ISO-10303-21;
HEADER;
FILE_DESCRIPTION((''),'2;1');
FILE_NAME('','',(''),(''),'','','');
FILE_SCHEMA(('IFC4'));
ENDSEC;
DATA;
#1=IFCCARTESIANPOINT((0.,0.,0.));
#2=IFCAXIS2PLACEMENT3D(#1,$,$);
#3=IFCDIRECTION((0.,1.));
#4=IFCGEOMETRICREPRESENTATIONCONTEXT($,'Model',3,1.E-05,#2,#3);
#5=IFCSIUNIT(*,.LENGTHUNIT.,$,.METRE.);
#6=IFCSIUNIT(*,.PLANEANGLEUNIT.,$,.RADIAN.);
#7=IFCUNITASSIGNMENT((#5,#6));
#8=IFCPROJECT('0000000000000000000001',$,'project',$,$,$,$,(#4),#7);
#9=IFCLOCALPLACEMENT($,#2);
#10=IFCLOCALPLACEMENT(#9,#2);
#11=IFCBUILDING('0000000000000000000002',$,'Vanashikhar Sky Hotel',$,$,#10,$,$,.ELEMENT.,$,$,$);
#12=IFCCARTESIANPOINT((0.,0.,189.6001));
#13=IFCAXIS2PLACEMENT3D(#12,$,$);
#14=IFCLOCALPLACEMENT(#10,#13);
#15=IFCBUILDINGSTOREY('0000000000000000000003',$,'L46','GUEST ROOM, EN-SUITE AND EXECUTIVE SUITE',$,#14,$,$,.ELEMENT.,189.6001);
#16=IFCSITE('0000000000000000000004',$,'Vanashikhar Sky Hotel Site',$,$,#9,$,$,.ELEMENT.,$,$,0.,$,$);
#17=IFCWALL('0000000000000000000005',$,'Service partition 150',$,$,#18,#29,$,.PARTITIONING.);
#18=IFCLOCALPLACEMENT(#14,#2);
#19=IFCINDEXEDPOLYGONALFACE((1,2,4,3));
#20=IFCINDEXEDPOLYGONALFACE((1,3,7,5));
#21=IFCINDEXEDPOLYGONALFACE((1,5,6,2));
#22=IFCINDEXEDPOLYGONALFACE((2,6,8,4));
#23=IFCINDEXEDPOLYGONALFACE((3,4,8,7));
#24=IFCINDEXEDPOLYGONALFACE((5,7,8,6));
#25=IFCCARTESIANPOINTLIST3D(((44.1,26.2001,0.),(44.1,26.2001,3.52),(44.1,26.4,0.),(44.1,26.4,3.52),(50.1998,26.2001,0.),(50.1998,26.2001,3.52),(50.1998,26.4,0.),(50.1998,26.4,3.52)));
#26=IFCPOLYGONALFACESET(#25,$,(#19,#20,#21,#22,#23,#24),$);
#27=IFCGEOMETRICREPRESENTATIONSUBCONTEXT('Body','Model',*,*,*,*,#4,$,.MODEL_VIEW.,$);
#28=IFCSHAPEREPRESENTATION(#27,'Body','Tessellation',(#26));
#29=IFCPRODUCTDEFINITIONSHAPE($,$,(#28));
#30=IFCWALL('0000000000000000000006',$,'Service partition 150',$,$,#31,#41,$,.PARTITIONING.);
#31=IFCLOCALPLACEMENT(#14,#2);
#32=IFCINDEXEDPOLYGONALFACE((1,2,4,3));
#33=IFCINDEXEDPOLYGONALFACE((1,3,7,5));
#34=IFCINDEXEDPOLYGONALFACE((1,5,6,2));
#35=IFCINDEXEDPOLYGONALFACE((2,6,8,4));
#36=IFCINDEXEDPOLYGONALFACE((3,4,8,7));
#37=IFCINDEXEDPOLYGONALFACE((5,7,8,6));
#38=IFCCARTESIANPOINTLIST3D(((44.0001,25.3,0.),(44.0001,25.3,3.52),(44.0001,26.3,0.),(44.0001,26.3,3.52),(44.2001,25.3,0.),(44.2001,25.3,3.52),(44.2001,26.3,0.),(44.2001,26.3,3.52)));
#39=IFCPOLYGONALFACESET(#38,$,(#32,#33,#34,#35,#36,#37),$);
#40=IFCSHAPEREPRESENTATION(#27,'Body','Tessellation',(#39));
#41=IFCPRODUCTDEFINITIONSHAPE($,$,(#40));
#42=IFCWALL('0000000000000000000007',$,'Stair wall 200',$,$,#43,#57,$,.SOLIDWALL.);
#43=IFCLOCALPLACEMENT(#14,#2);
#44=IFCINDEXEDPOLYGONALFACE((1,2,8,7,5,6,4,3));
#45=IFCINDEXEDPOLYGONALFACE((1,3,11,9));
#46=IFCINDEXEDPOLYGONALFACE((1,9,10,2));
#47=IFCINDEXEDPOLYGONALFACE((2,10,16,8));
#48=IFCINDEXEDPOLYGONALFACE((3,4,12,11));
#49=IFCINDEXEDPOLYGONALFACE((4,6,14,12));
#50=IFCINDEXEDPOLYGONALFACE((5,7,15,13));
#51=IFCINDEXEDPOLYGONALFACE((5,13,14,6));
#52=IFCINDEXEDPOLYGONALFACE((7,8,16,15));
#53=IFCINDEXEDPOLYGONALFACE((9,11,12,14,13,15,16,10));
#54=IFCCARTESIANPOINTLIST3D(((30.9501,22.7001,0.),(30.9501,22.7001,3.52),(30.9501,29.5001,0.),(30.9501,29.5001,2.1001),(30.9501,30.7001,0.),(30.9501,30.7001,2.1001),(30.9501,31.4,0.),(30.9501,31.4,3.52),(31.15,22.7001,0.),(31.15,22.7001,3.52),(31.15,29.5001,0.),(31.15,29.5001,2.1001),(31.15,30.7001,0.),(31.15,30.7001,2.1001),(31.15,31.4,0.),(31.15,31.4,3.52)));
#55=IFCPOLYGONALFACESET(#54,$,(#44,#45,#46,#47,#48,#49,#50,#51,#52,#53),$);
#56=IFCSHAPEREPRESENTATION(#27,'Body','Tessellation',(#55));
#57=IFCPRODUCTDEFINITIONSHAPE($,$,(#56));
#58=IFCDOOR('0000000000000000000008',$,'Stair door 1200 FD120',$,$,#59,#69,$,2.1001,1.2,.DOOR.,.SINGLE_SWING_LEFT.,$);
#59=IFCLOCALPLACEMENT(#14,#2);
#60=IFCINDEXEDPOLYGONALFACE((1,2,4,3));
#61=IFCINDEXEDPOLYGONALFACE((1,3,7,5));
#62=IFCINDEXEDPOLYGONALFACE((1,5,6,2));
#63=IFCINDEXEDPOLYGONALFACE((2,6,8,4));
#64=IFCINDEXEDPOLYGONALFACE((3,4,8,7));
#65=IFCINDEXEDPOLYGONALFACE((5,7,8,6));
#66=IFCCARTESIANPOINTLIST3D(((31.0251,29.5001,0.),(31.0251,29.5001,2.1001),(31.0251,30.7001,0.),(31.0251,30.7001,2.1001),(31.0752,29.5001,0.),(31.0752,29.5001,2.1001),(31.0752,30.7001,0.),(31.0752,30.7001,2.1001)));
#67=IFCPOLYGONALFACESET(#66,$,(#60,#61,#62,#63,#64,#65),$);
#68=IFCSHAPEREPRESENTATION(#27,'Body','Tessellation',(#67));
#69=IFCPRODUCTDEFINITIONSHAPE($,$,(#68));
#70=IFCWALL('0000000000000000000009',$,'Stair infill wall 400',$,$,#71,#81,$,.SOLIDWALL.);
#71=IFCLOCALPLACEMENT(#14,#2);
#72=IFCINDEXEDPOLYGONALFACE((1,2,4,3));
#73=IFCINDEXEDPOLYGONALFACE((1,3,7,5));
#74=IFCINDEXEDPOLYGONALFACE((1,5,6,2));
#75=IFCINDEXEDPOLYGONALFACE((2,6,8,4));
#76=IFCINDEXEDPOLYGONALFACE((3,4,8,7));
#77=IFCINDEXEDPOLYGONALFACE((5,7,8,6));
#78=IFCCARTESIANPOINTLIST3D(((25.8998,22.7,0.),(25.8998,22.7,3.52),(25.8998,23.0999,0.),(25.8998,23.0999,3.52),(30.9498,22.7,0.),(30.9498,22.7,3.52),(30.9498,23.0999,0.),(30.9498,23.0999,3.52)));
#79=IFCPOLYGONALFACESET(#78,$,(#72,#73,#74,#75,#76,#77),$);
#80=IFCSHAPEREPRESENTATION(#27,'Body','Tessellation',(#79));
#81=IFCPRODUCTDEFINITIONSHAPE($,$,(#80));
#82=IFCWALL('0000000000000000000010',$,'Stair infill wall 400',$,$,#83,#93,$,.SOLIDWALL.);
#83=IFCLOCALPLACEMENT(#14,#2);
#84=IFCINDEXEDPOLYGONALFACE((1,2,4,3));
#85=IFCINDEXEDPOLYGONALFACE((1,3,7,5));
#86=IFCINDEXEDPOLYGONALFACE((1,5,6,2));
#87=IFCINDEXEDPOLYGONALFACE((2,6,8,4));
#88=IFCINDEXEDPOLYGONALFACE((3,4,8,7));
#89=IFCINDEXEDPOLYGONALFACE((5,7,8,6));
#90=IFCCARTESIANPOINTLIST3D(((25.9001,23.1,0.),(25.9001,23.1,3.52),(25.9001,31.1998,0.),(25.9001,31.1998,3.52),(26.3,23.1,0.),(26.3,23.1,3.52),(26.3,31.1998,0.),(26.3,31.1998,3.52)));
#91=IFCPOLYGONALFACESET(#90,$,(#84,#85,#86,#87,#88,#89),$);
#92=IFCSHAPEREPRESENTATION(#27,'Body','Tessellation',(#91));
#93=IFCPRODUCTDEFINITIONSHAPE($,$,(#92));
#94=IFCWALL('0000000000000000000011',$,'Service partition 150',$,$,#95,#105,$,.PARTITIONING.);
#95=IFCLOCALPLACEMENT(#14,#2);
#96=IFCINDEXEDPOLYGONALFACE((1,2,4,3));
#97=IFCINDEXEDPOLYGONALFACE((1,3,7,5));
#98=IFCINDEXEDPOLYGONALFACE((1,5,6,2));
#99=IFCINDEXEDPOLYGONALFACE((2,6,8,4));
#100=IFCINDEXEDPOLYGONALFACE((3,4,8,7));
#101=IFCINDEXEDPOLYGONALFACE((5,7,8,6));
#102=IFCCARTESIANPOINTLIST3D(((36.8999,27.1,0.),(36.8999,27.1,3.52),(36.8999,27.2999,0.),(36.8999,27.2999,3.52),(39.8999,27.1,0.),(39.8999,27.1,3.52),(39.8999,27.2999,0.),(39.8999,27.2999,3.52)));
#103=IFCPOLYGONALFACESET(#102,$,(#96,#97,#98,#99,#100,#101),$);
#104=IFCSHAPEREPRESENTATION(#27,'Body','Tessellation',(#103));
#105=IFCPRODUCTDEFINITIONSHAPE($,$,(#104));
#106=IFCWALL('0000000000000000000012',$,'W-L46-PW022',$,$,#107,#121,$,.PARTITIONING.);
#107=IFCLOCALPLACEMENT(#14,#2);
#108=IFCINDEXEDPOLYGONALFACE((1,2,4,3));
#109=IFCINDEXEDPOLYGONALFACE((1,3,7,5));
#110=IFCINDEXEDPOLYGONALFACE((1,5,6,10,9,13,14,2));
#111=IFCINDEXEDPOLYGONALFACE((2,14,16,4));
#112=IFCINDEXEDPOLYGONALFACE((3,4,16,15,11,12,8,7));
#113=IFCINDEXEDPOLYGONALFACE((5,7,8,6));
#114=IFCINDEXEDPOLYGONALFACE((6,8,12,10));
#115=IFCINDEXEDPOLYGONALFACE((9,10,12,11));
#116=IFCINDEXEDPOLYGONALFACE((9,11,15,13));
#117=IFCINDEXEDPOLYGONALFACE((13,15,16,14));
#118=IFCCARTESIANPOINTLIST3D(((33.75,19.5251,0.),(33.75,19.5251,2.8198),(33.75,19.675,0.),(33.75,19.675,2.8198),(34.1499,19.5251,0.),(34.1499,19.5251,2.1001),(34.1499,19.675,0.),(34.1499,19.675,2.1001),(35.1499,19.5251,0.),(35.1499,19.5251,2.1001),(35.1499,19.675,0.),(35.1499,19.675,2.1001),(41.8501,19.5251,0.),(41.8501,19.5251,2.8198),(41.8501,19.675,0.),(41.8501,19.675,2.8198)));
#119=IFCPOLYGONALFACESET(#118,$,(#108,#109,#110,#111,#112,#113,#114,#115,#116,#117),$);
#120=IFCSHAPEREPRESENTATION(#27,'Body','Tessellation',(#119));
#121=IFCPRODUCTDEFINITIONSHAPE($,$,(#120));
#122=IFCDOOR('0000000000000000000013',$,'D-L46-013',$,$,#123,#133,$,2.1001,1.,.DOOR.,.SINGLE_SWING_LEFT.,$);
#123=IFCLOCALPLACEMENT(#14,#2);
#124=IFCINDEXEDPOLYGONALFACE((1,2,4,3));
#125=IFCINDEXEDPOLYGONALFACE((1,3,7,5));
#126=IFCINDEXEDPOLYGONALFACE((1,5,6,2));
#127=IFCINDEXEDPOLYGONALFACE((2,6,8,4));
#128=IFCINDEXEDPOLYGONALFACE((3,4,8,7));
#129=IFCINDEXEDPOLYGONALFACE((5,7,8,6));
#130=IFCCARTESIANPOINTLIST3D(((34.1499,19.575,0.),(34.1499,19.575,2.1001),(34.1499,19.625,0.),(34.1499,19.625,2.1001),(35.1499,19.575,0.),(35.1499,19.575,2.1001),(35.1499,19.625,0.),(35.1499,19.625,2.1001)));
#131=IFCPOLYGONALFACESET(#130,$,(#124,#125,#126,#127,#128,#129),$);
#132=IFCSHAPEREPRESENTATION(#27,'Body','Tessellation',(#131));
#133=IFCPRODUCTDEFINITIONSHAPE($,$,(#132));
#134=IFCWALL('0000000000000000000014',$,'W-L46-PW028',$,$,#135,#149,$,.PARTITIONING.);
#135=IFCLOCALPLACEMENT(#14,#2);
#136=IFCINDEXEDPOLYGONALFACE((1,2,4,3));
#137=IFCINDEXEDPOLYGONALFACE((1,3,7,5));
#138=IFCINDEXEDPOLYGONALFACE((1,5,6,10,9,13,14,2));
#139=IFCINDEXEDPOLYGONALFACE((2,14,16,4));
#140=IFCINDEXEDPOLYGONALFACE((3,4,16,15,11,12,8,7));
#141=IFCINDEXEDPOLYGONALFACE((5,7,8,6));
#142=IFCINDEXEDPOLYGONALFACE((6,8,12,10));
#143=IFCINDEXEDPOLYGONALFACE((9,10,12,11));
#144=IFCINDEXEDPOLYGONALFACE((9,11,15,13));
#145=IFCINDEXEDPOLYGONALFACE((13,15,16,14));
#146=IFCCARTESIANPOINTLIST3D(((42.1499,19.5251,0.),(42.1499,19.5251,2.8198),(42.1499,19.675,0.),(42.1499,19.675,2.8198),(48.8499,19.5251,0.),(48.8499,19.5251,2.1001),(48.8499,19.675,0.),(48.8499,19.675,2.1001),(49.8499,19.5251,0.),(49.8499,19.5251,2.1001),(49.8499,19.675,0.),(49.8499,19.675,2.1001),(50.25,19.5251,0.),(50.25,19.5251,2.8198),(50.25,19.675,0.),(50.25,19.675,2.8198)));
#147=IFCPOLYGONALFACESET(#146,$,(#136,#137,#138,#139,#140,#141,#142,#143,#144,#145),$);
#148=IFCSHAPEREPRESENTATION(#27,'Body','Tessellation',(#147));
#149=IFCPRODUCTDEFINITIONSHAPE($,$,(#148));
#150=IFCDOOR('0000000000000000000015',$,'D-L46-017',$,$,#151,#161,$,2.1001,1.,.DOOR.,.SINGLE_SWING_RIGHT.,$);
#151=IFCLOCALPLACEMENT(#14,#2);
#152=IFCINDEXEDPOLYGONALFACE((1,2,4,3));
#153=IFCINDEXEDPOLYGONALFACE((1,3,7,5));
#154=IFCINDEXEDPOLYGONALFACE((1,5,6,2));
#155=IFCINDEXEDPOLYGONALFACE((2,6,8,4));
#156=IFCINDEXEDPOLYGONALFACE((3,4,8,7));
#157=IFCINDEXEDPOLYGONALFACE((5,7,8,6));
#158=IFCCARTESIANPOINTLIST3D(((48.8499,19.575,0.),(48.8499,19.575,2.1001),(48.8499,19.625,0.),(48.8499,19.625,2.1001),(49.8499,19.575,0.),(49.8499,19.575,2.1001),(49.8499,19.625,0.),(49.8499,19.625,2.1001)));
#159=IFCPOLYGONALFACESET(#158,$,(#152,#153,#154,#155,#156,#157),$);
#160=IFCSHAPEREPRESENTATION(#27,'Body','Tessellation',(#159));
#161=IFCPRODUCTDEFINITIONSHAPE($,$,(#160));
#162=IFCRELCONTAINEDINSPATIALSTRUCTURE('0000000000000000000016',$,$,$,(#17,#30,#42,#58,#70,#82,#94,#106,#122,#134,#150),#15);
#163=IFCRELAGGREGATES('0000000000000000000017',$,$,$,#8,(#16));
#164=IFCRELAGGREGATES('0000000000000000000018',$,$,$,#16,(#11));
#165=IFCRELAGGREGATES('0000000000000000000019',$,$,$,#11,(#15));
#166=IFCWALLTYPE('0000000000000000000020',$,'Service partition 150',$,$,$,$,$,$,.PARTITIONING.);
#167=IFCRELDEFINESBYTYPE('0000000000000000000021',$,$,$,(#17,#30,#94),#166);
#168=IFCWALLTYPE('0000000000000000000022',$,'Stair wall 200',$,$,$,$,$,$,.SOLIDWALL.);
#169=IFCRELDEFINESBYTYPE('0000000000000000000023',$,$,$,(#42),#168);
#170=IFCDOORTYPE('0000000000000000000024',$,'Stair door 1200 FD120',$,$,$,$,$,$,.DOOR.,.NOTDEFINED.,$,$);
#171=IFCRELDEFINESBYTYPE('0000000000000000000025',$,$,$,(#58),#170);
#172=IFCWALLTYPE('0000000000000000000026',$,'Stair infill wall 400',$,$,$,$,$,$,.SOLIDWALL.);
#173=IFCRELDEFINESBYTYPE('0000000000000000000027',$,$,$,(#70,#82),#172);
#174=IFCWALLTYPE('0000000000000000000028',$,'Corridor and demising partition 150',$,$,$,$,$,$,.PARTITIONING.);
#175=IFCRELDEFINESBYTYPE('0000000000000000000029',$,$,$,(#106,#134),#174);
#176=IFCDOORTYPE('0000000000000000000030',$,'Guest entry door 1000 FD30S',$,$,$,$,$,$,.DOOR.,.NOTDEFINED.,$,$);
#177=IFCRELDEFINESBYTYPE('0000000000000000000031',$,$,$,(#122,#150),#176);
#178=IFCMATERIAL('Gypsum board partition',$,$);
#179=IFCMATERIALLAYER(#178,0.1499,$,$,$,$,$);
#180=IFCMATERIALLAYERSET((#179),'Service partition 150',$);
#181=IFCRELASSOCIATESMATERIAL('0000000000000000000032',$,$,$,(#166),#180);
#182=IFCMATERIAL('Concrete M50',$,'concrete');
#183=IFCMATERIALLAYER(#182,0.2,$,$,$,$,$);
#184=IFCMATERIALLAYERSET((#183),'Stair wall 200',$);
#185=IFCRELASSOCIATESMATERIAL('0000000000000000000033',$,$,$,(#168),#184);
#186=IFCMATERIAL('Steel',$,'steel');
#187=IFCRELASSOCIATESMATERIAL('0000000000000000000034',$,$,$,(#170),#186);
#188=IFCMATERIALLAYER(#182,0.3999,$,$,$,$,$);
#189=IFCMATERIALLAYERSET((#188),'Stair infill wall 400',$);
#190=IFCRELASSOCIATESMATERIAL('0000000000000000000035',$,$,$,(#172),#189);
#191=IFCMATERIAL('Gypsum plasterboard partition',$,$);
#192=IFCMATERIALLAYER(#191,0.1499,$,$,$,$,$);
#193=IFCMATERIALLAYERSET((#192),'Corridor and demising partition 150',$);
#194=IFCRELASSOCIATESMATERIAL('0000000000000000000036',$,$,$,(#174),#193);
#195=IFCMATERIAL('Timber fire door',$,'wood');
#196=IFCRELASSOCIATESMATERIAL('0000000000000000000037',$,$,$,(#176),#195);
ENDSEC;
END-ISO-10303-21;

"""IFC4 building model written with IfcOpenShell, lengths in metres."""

from ifc_helpers import new_model, si_unit, direction, frame, frame_2d, origin, place, context, subcontext, project, spatial, rectangle, extrude, source, transform, mapped, material, layer, layer_set, type_object, element, fill, save


model = new_model("IFC4")

# Units and contexts
model_context = context("Model", 3, precision=1e-05, world=origin(), true_north=direction((0.0, 1.0)))
body_context = subcontext(model_context, "Body", "Model", "MODEL_VIEW")
ifc_project = project(units=[si_unit("LENGTHUNIT", "METRE"), si_unit("PLANEANGLEUNIT", "RADIAN")], contexts=[model_context])

# Site, building, storey
site_placement = place(None, origin())
site = spatial("IfcSite", under=ifc_project, at=site_placement, Name="Vanashikhar Sky Hotel Site", CompositionType="ELEMENT", RefElevation=0.0)
building_placement = place(site_placement, origin())
building = spatial("IfcBuilding", under=site, at=building_placement, Name="Vanashikhar Sky Hotel", CompositionType="ELEMENT")
storey_placement = place(building_placement, frame((0.0, 0.0, 189.6001)))
storey = spatial("IfcBuildingStorey", under=building, at=storey_placement, Name="L46", Description="GUEST ROOM, EN-SUITE AND EXECUTIVE SUITE", CompositionType="ELEMENT", Elevation=189.6001)

# Shared definitions
ifc_material_1 = material(Name="Steel", Category="steel")

# Shared definitions
ifc_material_2 = material(Name="Gypsum board partition")
ifc_layer_1 = layer(ifc_material_2, 0.1499)
ifc_layer_set_1 = layer_set([ifc_layer_1], Name="Service partition 150")
wall_type_1 = type_object("IfcWallType", Name="Service partition 150", PredefinedType="PARTITIONING", material=ifc_layer_set_1)

# Walls
shared_shape_1 = source(origin(), body_context, "Body", "SweptSolid", [
    extrude(rectangle(XDim=6.0999, YDim=0.2, at=frame_2d((3.0498, 0.0))), origin(), (0.0, 0.0, 1.0), 3.52),
])
wall_1_placement = place(storey_placement, frame((44.1001, 26.3, 0.0), z_axis=(0.0, 0.0, 1.0), x_axis=(1.0, 0.0, 0.0)))
element("IfcWall", 1, at=wall_1_placement, inside=storey, type_object=wall_type_1, Name="Service partition 150", PredefinedType="PARTITIONING", context=body_context, shape_type="MappedRepresentation", body=[
    mapped(shared_shape_1, transform((0.0, 0.0, 0.0), scale=1.0)),
])
shared_shape_2 = source(origin(), body_context, "Body", "SweptSolid", [
    extrude(rectangle(XDim=1.0, YDim=0.2, at=frame_2d((0.5, 0.0))), origin(), (0.0, 0.0, 1.0), 3.52),
])
wall_2_placement = place(storey_placement, frame((44.1001, 25.3, 0.0), z_axis=(0.0, 0.0, 1.0), x_axis=(0.0, 1.0, 0.0)))
element("IfcWall", 2, at=wall_2_placement, inside=storey, type_object=wall_type_1, Name="Service partition 150", PredefinedType="PARTITIONING", context=body_context, shape_type="MappedRepresentation", body=[
    mapped(shared_shape_2, transform((0.0, 0.0, 0.0), scale=1.0)),
])

# Wall, opening, door
ifc_material_3 = material(Name="Concrete M50", Category="concrete")
ifc_layer_2 = layer(ifc_material_3, 0.2)
ifc_layer_set_2 = layer_set([ifc_layer_2], Name="Stair wall 200")
wall_type_2 = type_object("IfcWallType", Name="Stair wall 200", PredefinedType="SOLIDWALL", material=ifc_layer_set_2)
shared_shape_3 = source(origin(), body_context, "Body", "SweptSolid", [
    extrude(rectangle(XDim=8.7, YDim=0.2, at=frame_2d((4.3501, 0.0))), origin(), (0.0, 0.0, 1.0), 3.52),
])
wall_3_placement = place(storey_placement, frame((31.05, 22.7, 0.0), z_axis=(0.0, 0.0, 1.0), x_axis=(0.0, 1.0, 0.0)))
wall_3 = element("IfcWall", 3, at=wall_3_placement, inside=storey, type_object=wall_type_2, Name="Stair wall 200", PredefinedType="SOLIDWALL", context=body_context, shape_type="MappedRepresentation", body=[
    mapped(shared_shape_3, transform((0.0, 0.0, 0.0), scale=1.0)),
])
shared_shape_4 = source(origin(), body_context, "Body", "SweptSolid", [
    extrude(rectangle(XDim=1.2, YDim=2.1001, at=frame_2d((0.6001, 1.05))), frame((0.0, 0.1099, 0.0), z_axis=(0.0, -1.0, 0.0), x_axis=(1.0, 0.0, 0.0)), (0.0, 0.0, 1.0), 0.22),
])
opening_1_placement = place(wall_3_placement, frame((6.8, 0.0, 0.0)))
opening_1 = element("IfcOpeningElement", 4, at=opening_1_placement, cuts=wall_3, PredefinedType="OPENING", context=body_context, shape_type="MappedRepresentation", body=[
    mapped(shared_shape_4, transform((0.0, 0.0, 0.0), scale=1.0)),
])
door_type_1 = type_object("IfcDoorType", Name="Stair door 1200 FD120", OperationType="NOTDEFINED", PredefinedType="DOOR", material=ifc_material_1)
shared_shape_5 = source(origin(), body_context, "Body", "SweptSolid", [
    extrude(rectangle(XDim=1.2, YDim=2.1001, at=frame_2d((0.6001, 1.05))), frame((0.0, 0.0249, 0.0), z_axis=(0.0, -1.0, 0.0), x_axis=(1.0, 0.0, 0.0)), (0.0, 0.0, 1.0), 0.05),
])
door_1_placement = place(opening_1_placement, origin())
door_1 = element("IfcDoor", 5, at=door_1_placement, inside=storey, type_object=door_type_1, Name="Stair door 1200 FD120", OperationType="SINGLE_SWING_LEFT", OverallHeight=2.1001, OverallWidth=1.2, PredefinedType="DOOR", context=body_context, shape_type="MappedRepresentation", body=[
    mapped(shared_shape_5, transform((0.0, 0.0, 0.0), scale=1.0)),
])
fill(opening_1, door_1)

# Walls
ifc_layer_3 = layer(ifc_material_3, 0.3999)
ifc_layer_set_3 = layer_set([ifc_layer_3], Name="Stair infill wall 400")
wall_type_3 = type_object("IfcWallType", Name="Stair infill wall 400", PredefinedType="SOLIDWALL", material=ifc_layer_set_3)
shared_shape_6 = source(origin(), body_context, "Body", "SweptSolid", [
    extrude(rectangle(XDim=5.05, YDim=0.3999, at=frame_2d((2.5249, 0.0))), origin(), (0.0, 0.0, 1.0), 3.52),
])
wall_4_placement = place(storey_placement, frame((25.8999, 22.8999, 0.0), z_axis=(0.0, 0.0, 1.0), x_axis=(1.0, 0.0, 0.0)))
element("IfcWall", 6, at=wall_4_placement, inside=storey, type_object=wall_type_3, Name="Stair infill wall 400", PredefinedType="SOLIDWALL", context=body_context, shape_type="MappedRepresentation", body=[
    mapped(shared_shape_6, transform((0.0, 0.0, 0.0), scale=1.0)),
])
shared_shape_7 = source(origin(), body_context, "Body", "SweptSolid", [
    extrude(rectangle(XDim=8.0999, YDim=0.3999, at=frame_2d((4.0498, 0.0))), origin(), (0.0, 0.0, 1.0), 3.52),
])
wall_5_placement = place(storey_placement, frame((26.1001, 23.1001, 0.0), z_axis=(0.0, 0.0, 1.0), x_axis=(0.0, 1.0, 0.0)))
element("IfcWall", 7, at=wall_5_placement, inside=storey, type_object=wall_type_3, Name="Stair infill wall 400", PredefinedType="SOLIDWALL", context=body_context, shape_type="MappedRepresentation", body=[
    mapped(shared_shape_7, transform((0.0, 0.0, 0.0), scale=1.0)),
])
shared_shape_8 = source(origin(), body_context, "Body", "SweptSolid", [
    extrude(rectangle(XDim=3.0, YDim=0.2, at=frame_2d((1.5, 0.0))), origin(), (0.0, 0.0, 1.0), 3.52),
])
wall_6_placement = place(storey_placement, frame((36.8999, 27.2, 0.0), z_axis=(0.0, 0.0, 1.0), x_axis=(1.0, 0.0, 0.0)))
element("IfcWall", 8, at=wall_6_placement, inside=storey, type_object=wall_type_1, Name="Service partition 150", PredefinedType="PARTITIONING", context=body_context, shape_type="MappedRepresentation", body=[
    mapped(shared_shape_8, transform((0.0, 0.0, 0.0), scale=1.0)),
])

# Walls, openings, doors
ifc_material_4 = material(Name="Gypsum plasterboard partition")
ifc_layer_4 = layer(ifc_material_4, 0.1499)
ifc_layer_set_4 = layer_set([ifc_layer_4], Name="Corridor and demising partition 150")
wall_type_4 = type_object("IfcWallType", Name="Corridor and demising partition 150", PredefinedType="PARTITIONING", material=ifc_layer_set_4)
shared_shape_9 = source(origin(), body_context, "Body", "SweptSolid", [
    extrude(rectangle(XDim=8.1001, YDim=0.1499, at=frame_2d((4.05, 0.0))), origin(), (0.0, 0.0, 1.0), 2.8198),
])
wall_7_placement = place(storey_placement, frame((33.75, 19.6001, 0.0), z_axis=(0.0, 0.0, 1.0), x_axis=(1.0, 0.0, 0.0)))
wall_7 = element("IfcWall", 9, at=wall_7_placement, inside=storey, type_object=wall_type_4, Name="W-L46-PW022", PredefinedType="PARTITIONING", context=body_context, shape_type="MappedRepresentation", body=[
    mapped(shared_shape_9, transform((0.0, 0.0, 0.0), scale=1.0)),
])
shared_shape_10 = source(origin(), body_context, "Body", "SweptSolid", [
    extrude(rectangle(XDim=1.0, YDim=2.1001, at=frame_2d((0.5, 1.05))), frame((0.0, 0.085, 0.0), z_axis=(0.0, -1.0, 0.0), x_axis=(1.0, 0.0, 0.0)), (0.0, 0.0, 1.0), 0.1699),
])
opening_2_placement = place(wall_7_placement, frame((0.3999, 0.0, 0.0)))
opening_2 = element("IfcOpeningElement", 10, at=opening_2_placement, cuts=wall_7, PredefinedType="OPENING", context=body_context, shape_type="MappedRepresentation", body=[
    mapped(shared_shape_10, transform((0.0, 0.0, 0.0), scale=1.0)),
])
ifc_material_5 = material(Name="Timber fire door", Category="wood")
door_type_2 = type_object("IfcDoorType", Name="Guest entry door 1000 FD30S", OperationType="NOTDEFINED", PredefinedType="DOOR", material=ifc_material_5)
shared_shape_11 = source(origin(), body_context, "Body", "SweptSolid", [
    extrude(rectangle(XDim=1.0, YDim=2.1001, at=frame_2d((0.5, 1.05))), frame((0.0, 0.0249, 0.0), z_axis=(0.0, -1.0, 0.0), x_axis=(1.0, 0.0, 0.0)), (0.0, 0.0, 1.0), 0.05),
])
door_2_placement = place(opening_2_placement, origin())
door_2 = element("IfcDoor", 11, at=door_2_placement, inside=storey, type_object=door_type_2, Name="D-L46-013", OperationType="SINGLE_SWING_LEFT", OverallHeight=2.1001, OverallWidth=1.0, PredefinedType="DOOR", context=body_context, shape_type="MappedRepresentation", body=[
    mapped(shared_shape_11, transform((0.0, 0.0, 0.0), scale=1.0)),
])
fill(opening_2, door_2)
wall_8_placement = place(storey_placement, frame((42.1499, 19.6001, 0.0), z_axis=(0.0, 0.0, 1.0), x_axis=(1.0, 0.0, 0.0)))
wall_8 = element("IfcWall", 12, at=wall_8_placement, inside=storey, type_object=wall_type_4, Name="W-L46-PW028", PredefinedType="PARTITIONING", context=body_context, shape_type="MappedRepresentation", body=[
    mapped(shared_shape_9, transform((0.0, 0.0, 0.0), scale=1.0)),
])
opening_3_placement = place(wall_8_placement, frame((6.7, 0.0, 0.0)))
opening_3 = element("IfcOpeningElement", 13, at=opening_3_placement, cuts=wall_8, PredefinedType="OPENING", context=body_context, shape_type="MappedRepresentation", body=[
    mapped(shared_shape_10, transform((0.0, 0.0, 0.0), scale=1.0)),
])
door_3_placement = place(opening_3_placement, origin())
door_3 = element("IfcDoor", 14, at=door_3_placement, inside=storey, type_object=door_type_2, Name="D-L46-017", OperationType="SINGLE_SWING_RIGHT", OverallHeight=2.1001, OverallWidth=1.0, PredefinedType="DOOR", context=body_context, shape_type="MappedRepresentation", body=[
    mapped(shared_shape_11, transform((0.0, 0.0, 0.0), scale=1.0)),
])
fill(opening_3, door_3)

save(model, "model.ifc")
